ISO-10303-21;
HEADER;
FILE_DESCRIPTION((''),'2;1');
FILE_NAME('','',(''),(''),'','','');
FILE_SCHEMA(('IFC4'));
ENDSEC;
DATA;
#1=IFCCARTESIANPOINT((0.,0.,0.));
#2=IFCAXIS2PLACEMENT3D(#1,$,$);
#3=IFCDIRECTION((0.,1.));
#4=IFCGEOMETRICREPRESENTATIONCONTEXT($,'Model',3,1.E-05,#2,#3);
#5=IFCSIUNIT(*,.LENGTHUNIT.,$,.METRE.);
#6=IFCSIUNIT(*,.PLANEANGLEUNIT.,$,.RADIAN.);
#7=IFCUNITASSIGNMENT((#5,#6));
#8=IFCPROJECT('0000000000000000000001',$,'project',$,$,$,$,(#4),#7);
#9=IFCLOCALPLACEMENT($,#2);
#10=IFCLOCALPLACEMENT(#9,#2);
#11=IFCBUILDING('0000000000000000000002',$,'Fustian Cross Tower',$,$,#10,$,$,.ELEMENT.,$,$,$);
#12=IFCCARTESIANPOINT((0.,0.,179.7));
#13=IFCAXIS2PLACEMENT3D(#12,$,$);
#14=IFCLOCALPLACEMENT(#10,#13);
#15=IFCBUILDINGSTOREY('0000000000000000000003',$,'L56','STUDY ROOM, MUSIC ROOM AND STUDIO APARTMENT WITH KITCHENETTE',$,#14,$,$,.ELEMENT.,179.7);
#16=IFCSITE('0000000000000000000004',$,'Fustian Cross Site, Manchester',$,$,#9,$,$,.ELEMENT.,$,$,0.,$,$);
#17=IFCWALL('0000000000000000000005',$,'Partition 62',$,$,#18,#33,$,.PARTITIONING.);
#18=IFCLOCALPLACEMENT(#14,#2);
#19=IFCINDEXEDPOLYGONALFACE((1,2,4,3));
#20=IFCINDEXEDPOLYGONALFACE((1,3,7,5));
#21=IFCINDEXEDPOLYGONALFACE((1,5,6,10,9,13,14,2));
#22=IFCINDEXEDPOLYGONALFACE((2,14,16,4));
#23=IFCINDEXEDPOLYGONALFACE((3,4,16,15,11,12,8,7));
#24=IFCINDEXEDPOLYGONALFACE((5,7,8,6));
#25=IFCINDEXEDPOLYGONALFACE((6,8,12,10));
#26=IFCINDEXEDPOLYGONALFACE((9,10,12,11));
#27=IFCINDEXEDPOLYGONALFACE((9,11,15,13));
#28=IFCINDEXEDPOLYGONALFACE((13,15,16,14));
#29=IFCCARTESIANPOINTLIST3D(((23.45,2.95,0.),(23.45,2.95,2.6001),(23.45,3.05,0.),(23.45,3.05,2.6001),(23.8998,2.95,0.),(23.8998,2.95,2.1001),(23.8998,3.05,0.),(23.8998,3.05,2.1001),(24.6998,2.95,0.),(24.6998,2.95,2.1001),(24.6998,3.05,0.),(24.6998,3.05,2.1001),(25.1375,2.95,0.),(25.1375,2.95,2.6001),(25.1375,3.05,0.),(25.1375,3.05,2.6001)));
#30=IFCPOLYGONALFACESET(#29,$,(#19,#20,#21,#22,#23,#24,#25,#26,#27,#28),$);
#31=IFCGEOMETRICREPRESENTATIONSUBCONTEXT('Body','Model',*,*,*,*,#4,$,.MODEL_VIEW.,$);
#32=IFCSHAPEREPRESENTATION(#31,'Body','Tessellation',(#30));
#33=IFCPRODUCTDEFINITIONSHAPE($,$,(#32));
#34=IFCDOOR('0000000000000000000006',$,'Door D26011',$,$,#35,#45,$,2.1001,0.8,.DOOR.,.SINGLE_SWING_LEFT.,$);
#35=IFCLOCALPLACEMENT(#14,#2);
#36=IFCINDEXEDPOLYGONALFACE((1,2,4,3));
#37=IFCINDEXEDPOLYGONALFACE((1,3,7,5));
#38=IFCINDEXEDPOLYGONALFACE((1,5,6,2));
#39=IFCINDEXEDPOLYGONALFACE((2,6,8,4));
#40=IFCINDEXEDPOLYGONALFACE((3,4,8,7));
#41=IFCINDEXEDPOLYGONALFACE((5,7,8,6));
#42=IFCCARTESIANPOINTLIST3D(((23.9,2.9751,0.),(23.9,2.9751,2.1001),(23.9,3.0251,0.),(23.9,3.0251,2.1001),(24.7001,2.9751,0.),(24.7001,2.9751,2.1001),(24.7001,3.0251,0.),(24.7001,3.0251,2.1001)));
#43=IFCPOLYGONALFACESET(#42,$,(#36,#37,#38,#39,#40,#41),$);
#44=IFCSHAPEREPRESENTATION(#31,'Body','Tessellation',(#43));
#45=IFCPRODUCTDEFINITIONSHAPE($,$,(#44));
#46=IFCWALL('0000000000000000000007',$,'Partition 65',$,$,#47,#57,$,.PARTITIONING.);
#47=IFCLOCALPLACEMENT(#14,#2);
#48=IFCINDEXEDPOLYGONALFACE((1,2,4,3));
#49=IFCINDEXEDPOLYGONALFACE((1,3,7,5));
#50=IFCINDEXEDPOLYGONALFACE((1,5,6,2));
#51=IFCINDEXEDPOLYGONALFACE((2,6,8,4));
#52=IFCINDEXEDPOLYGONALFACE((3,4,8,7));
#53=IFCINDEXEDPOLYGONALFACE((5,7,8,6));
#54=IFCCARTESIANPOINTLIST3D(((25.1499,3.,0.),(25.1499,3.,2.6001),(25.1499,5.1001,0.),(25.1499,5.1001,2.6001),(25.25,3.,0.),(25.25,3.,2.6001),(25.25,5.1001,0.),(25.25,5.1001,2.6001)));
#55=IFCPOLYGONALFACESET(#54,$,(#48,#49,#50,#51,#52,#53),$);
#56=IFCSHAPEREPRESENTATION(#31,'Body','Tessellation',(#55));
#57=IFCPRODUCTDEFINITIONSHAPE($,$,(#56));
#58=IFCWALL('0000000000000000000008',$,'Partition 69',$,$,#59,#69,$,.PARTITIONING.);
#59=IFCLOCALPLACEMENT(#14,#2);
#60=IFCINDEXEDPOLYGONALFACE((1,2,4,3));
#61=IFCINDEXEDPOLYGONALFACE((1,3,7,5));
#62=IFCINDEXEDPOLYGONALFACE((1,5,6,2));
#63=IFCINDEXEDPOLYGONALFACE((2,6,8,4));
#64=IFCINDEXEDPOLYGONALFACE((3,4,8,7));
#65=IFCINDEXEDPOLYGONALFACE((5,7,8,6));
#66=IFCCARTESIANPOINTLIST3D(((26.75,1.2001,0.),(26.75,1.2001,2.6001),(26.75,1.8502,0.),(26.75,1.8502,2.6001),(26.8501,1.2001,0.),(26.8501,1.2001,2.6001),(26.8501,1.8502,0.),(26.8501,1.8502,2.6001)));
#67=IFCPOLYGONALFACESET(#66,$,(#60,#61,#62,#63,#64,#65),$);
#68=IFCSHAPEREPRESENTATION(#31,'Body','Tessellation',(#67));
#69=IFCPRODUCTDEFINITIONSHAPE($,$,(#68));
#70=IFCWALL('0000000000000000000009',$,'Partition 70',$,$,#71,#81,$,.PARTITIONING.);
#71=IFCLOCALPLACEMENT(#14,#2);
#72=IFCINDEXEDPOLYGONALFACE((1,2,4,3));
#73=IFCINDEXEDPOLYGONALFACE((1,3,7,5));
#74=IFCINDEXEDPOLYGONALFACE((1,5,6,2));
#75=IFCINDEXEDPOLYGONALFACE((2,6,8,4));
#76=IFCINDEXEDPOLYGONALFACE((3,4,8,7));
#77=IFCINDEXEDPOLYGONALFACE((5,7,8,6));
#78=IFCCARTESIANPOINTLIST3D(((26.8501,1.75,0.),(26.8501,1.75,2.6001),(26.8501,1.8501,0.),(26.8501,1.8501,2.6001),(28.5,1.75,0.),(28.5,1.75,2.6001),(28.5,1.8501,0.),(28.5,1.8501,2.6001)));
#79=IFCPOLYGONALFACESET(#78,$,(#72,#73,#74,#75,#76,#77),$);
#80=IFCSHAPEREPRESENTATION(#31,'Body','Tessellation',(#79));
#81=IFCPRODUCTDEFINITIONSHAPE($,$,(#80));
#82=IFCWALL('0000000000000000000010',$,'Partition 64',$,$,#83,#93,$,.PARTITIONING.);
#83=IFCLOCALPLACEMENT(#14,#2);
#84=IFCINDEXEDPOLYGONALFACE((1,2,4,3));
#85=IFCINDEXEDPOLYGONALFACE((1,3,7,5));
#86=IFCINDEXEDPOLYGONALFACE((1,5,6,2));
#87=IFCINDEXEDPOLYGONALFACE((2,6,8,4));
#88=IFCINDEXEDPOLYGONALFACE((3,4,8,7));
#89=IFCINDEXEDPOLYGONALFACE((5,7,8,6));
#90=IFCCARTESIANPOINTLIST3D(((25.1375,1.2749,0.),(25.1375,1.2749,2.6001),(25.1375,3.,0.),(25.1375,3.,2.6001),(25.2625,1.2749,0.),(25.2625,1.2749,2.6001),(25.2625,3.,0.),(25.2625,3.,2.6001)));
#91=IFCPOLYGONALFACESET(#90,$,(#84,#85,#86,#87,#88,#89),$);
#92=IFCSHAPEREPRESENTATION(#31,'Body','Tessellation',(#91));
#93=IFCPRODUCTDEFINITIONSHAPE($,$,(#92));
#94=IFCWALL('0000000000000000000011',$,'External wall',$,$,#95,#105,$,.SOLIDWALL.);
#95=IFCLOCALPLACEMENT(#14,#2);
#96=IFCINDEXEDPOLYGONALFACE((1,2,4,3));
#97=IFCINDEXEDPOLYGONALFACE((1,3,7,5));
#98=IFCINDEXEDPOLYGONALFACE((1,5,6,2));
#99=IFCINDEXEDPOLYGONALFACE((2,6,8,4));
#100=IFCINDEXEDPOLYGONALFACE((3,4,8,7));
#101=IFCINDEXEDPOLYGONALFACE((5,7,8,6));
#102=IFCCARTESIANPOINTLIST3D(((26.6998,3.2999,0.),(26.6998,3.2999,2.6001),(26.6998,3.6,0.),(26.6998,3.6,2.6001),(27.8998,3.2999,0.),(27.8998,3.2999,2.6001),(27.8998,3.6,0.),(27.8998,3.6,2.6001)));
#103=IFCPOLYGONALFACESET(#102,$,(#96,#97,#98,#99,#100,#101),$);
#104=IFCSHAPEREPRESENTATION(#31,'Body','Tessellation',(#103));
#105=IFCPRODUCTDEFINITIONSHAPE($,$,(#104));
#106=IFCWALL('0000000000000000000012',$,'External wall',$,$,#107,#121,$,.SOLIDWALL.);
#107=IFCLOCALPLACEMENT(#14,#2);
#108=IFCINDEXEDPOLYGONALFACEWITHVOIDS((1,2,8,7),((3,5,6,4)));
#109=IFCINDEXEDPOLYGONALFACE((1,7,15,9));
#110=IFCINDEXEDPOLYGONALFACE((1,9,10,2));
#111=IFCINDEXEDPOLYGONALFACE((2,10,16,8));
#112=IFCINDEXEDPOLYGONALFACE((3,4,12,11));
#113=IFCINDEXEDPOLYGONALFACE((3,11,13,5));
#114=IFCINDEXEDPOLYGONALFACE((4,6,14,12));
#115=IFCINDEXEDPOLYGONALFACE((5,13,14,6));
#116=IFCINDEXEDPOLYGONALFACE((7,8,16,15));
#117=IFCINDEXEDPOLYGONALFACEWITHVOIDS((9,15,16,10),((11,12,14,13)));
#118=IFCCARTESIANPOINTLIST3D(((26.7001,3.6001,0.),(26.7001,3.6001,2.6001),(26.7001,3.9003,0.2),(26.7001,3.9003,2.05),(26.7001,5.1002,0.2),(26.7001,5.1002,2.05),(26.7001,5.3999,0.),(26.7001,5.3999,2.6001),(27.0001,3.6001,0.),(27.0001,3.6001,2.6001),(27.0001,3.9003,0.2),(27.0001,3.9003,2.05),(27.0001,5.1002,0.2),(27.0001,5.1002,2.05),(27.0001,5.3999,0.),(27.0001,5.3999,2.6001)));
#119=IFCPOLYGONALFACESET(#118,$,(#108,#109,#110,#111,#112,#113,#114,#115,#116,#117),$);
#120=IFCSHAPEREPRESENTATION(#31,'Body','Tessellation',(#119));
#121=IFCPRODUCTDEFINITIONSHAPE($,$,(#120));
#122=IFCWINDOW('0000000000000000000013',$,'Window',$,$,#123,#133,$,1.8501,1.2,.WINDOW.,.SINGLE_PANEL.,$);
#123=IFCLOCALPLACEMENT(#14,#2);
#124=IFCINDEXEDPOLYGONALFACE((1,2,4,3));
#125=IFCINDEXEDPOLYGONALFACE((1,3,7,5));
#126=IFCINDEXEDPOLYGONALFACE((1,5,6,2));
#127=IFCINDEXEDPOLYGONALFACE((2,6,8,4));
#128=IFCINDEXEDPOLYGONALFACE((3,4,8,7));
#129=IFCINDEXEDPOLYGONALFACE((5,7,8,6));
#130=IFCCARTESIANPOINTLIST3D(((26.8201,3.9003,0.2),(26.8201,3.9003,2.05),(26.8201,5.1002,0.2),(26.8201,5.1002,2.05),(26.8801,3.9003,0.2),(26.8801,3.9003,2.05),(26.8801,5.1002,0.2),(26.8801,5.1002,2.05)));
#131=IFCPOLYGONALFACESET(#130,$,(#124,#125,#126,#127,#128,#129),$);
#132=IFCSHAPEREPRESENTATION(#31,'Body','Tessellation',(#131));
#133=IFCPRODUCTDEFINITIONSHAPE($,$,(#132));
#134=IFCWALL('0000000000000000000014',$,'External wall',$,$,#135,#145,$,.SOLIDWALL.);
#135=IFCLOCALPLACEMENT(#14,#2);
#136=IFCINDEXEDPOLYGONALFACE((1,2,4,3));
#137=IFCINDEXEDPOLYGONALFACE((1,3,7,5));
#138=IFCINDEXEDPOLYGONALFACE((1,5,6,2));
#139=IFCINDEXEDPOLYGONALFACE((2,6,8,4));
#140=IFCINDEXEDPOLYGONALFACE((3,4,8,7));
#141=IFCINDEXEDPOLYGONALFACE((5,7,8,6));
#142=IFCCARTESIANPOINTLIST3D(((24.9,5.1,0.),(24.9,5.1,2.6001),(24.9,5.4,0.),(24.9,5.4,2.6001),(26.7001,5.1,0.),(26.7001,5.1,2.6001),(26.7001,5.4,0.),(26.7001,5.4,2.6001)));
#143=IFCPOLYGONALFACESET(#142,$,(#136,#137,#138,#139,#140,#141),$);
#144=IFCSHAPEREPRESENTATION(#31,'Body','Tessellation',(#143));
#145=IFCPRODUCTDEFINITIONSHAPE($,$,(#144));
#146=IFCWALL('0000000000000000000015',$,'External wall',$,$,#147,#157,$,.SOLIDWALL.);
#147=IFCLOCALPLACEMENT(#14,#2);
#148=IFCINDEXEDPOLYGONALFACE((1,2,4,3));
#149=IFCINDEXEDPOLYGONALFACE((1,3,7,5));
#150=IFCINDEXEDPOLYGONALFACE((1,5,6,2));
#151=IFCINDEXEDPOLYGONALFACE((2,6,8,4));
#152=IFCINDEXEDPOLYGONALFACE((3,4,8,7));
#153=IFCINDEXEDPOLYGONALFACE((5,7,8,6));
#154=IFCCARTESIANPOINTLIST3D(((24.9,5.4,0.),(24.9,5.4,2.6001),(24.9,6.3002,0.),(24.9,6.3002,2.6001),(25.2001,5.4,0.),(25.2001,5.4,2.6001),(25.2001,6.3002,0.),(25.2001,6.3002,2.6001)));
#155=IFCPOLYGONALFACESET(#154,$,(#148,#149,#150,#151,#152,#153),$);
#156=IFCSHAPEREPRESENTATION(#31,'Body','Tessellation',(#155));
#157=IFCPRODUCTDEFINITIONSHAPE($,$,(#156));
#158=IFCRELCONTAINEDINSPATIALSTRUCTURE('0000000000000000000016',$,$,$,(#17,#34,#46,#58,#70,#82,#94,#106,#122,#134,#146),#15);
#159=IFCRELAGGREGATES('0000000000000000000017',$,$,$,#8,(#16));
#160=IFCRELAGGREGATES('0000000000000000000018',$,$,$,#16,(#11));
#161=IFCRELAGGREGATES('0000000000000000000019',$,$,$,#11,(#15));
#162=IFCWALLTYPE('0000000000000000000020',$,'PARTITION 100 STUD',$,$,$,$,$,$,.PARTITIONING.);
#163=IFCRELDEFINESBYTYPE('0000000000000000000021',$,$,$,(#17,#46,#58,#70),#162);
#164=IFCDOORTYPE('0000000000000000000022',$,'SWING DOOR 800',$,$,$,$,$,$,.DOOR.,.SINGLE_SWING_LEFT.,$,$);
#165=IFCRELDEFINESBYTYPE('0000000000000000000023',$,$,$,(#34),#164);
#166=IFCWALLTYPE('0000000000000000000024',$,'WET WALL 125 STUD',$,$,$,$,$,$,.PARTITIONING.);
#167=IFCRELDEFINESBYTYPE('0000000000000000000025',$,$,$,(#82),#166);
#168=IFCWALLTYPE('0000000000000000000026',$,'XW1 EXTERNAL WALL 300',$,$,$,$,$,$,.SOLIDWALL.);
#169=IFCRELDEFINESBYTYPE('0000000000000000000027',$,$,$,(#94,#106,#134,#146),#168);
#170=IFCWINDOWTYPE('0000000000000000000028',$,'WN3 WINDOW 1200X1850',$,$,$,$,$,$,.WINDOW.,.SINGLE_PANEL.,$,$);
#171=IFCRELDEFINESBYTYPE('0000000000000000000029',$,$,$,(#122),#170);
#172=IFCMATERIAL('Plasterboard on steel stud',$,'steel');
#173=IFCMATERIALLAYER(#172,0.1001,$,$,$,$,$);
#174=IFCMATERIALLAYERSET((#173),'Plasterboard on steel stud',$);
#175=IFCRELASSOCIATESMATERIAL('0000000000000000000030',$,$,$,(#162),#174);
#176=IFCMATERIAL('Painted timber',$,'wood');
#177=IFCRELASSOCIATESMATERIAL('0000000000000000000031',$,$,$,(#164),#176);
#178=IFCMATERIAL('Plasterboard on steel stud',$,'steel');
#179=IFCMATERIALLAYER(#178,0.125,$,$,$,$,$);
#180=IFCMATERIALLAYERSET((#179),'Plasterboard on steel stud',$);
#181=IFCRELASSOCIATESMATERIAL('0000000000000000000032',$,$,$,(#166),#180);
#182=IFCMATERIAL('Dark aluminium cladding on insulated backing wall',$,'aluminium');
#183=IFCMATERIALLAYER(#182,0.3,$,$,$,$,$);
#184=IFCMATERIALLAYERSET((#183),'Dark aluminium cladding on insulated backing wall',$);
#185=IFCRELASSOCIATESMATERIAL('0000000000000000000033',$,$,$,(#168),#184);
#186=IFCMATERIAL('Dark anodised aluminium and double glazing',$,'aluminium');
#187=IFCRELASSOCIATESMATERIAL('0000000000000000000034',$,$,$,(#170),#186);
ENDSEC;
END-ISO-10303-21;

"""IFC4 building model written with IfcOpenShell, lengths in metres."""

from ifc_helpers import new_model, si_unit, direction, frame, frame_2d, origin, place, context, subcontext, project, spatial, rectangle, extrude, material, layer, layer_set, type_object, element, fill, save


model = new_model("IFC4")

# Units and contexts
model_context = context("Model", 3, precision=1e-05, world=origin(), true_north=direction((0.0, 1.0)))
body_context = subcontext(model_context, "Body", "Model", "MODEL_VIEW")
ifc_project = project(units=[si_unit("LENGTHUNIT", "METRE"), si_unit("PLANEANGLEUNIT", "RADIAN")], contexts=[model_context])

# Site, building, storey
site_placement = place(None, origin())
site = spatial("IfcSite", under=ifc_project, at=site_placement, Name="Fustian Cross Site, Manchester", CompositionType="ELEMENT", RefElevation=0.0)
building_placement = place(site_placement, origin())
building = spatial("IfcBuilding", under=site, at=building_placement, Name="Fustian Cross Tower", CompositionType="ELEMENT")
storey_placement = place(building_placement, frame((0.0, 0.0, 179.7)))
storey = spatial("IfcBuildingStorey", under=building, at=storey_placement, Name="L56", Description="STUDY ROOM, MUSIC ROOM AND STUDIO APARTMENT WITH KITCHENETTE", CompositionType="ELEMENT", Elevation=179.7)

# Shared definitions
ifc_material_1 = material(Name="Plasterboard on steel stud", Category="steel")
ifc_layer_1 = layer(ifc_material_1, 0.1001)
ifc_layer_set_1 = layer_set([ifc_layer_1], Name="Plasterboard on steel stud")
wall_type_1 = type_object("IfcWallType", Name="PARTITION 100 STUD", PredefinedType="PARTITIONING", material=ifc_layer_set_1)

# Wall, opening, door
wall_1_placement = place(storey_placement, frame((23.45, 3.0, 0.0), z_axis=(0.0, 0.0, 1.0), x_axis=(1.0, 0.0, 0.0)))
wall_1 = element("IfcWall", 1, at=wall_1_placement, inside=storey, type_object=wall_type_1, Name="Partition 62", PredefinedType="PARTITIONING", context=body_context, shape_type="SweptSolid", body=[
    extrude(rectangle(XDim=1.6875, YDim=0.1001, at=frame_2d((0.8438, 0.0))), origin(), (0.0, 0.0, 1.0), 2.6001),
])
opening_1_placement = place(wall_1_placement, frame((0.45, 0.0, 0.0)))
opening_1 = element("IfcOpeningElement", 2, at=opening_1_placement, cuts=wall_1, PredefinedType="OPENING", context=body_context, shape_type="SweptSolid", body=[
    extrude(rectangle(XDim=0.8, YDim=2.1001, at=frame_2d((0.3999, 1.05))), frame((0.0, 0.0601, 0.0), z_axis=(0.0, -1.0, 0.0), x_axis=(1.0, 0.0, 0.0)), (0.0, 0.0, 1.0), 0.1201),
])
ifc_material_2 = material(Name="Painted timber", Category="wood")
door_type_1 = type_object("IfcDoorType", Name="SWING DOOR 800", OperationType="SINGLE_SWING_LEFT", PredefinedType="DOOR", material=ifc_material_2)
door_1_placement = place(opening_1_placement, frame((0.8, 0.0, 0.0), z_axis=(0.0, 0.0, 1.0), x_axis=(-1.0, 0.0, 0.0)))
door_1 = element("IfcDoor", 3, at=door_1_placement, inside=storey, type_object=door_type_1, Name="Door D26011", OperationType="SINGLE_SWING_LEFT", OverallHeight=2.1001, OverallWidth=0.8, PredefinedType="DOOR", context=body_context, shape_type="SweptSolid", body=[
    extrude(rectangle(XDim=0.8, YDim=2.1001, at=frame_2d((0.3999, 1.05))), frame((0.0, 0.0249, 0.0), z_axis=(0.0, -1.0, 0.0), x_axis=(1.0, 0.0, 0.0)), (0.0, 0.0, 1.0), 0.05),
])
fill(opening_1, door_1)

# Walls
wall_2_placement = place(storey_placement, frame((25.2, 3.0, 0.0), z_axis=(0.0, 0.0, 1.0), x_axis=(0.0, 1.0, 0.0)))
element("IfcWall", 4, at=wall_2_placement, inside=storey, type_object=wall_type_1, Name="Partition 65", PredefinedType="PARTITIONING", context=body_context, shape_type="SweptSolid", body=[
    extrude(rectangle(XDim=2.1001, YDim=0.1001, at=frame_2d((1.05, 0.0))), origin(), (0.0, 0.0, 1.0), 2.6001),
])
wall_3_placement = place(storey_placement, frame((26.8, 1.2, 0.0), z_axis=(0.0, 0.0, 1.0), x_axis=(0.0, 1.0, 0.0)))
element("IfcWall", 5, at=wall_3_placement, inside=storey, type_object=wall_type_1, Name="Partition 69", PredefinedType="PARTITIONING", context=body_context, shape_type="SweptSolid", body=[
    extrude(rectangle(XDim=0.6501, YDim=0.1001, at=frame_2d((0.3252, 0.0))), origin(), (0.0, 0.0, 1.0), 2.6001),
])
wall_4_placement = place(storey_placement, frame((26.8501, 1.8, 0.0), z_axis=(0.0, 0.0, 1.0), x_axis=(1.0, 0.0, 0.0)))
element("IfcWall", 6, at=wall_4_placement, inside=storey, type_object=wall_type_1, Name="Partition 70", PredefinedType="PARTITIONING", context=body_context, shape_type="SweptSolid", body=[
    extrude(rectangle(XDim=1.6499, YDim=0.1001, at=frame_2d((0.825, 0.0))), origin(), (0.0, 0.0, 1.0), 2.6001),
])
ifc_material_3 = material(Name="Plasterboard on steel stud", Category="steel")
ifc_layer_2 = layer(ifc_material_3, 0.125)
ifc_layer_set_2 = layer_set([ifc_layer_2], Name="Plasterboard on steel stud")
wall_type_2 = type_object("IfcWallType", Name="WET WALL 125 STUD", PredefinedType="PARTITIONING", material=ifc_layer_set_2)
wall_5_placement = place(storey_placement, frame((25.2, 1.2749, 0.0), z_axis=(0.0, 0.0, 1.0), x_axis=(0.0, 1.0, 0.0)))
element("IfcWall", 7, at=wall_5_placement, inside=storey, type_object=wall_type_2, Name="Partition 64", PredefinedType="PARTITIONING", context=body_context, shape_type="SweptSolid", body=[
    extrude(rectangle(XDim=1.7251, YDim=0.125, at=frame_2d((0.8625, 0.0))), origin(), (0.0, 0.0, 1.0), 2.6001),
])
ifc_material_4 = material(Name="Dark aluminium cladding on insulated backing wall", Category="aluminium")
ifc_layer_3 = layer(ifc_material_4, 0.3)
ifc_layer_set_3 = layer_set([ifc_layer_3], Name="Dark aluminium cladding on insulated backing wall")
wall_type_3 = type_object("IfcWallType", Name="XW1 EXTERNAL WALL 300", PredefinedType="SOLIDWALL", material=ifc_layer_set_3)
wall_6_placement = place(storey_placement, frame((27.8999, 3.45, 0.0), z_axis=(0.0, 0.0, 1.0), x_axis=(-1.0, 0.0, 0.0)))
element("IfcWall", 8, at=wall_6_placement, inside=storey, type_object=wall_type_3, Name="External wall", PredefinedType="SOLIDWALL", context=body_context, shape_type="SweptSolid", body=[
    extrude(rectangle(XDim=1.2, YDim=0.3, at=frame_2d((0.6001, 0.0))), origin(), (0.0, 0.0, 1.0), 2.6001),
])

# Wall, opening, window
wall_7_placement = place(storey_placement, frame((26.8501, 3.6001, 0.0), z_axis=(0.0, 0.0, 1.0), x_axis=(0.0, 1.0, 0.0)))
wall_7 = element("IfcWall", 9, at=wall_7_placement, inside=storey, type_object=wall_type_3, Name="External wall", PredefinedType="SOLIDWALL", context=body_context, shape_type="SweptSolid", body=[
    extrude(rectangle(XDim=1.7998, YDim=0.3, at=frame_2d((0.8999, 0.0))), origin(), (0.0, 0.0, 1.0), 2.6001),
])
opening_2_placement = place(wall_7_placement, frame((0.3, 0.0, 0.2)))
opening_2 = element("IfcOpeningElement", 10, at=opening_2_placement, cuts=wall_7, PredefinedType="OPENING", context=body_context, shape_type="SweptSolid", body=[
    extrude(rectangle(XDim=1.2, YDim=1.8501, at=frame_2d((0.6001, 0.925))), frame((0.0, 0.1599, 0.0), z_axis=(0.0, -1.0, 0.0), x_axis=(1.0, 0.0, 0.0)), (0.0, 0.0, 1.0), 0.3201),
])
ifc_material_5 = material(Name="Dark anodised aluminium and double glazing", Category="aluminium")
window_type = type_object("IfcWindowType", Name="WN3 WINDOW 1200X1850", PartitioningType="SINGLE_PANEL", PredefinedType="WINDOW", material=ifc_material_5)
window_1_placement = place(opening_2_placement, origin())
window_1 = element("IfcWindow", 11, at=window_1_placement, inside=storey, type_object=window_type, Name="Window", OverallHeight=1.8501, OverallWidth=1.2, PartitioningType="SINGLE_PANEL", PredefinedType="WINDOW", context=body_context, shape_type="SweptSolid", body=[
    extrude(rectangle(XDim=1.2, YDim=1.8501, at=frame_2d((0.6001, 0.925))), frame((0.0, 0.03, 0.0), z_axis=(0.0, -1.0, 0.0), x_axis=(1.0, 0.0, 0.0)), (0.0, 0.0, 1.0), 0.0601),
])
fill(opening_2, window_1)

# Walls
wall_8_placement = place(storey_placement, frame((26.7, 5.25, 0.0), z_axis=(0.0, 0.0, 1.0), x_axis=(-1.0, 0.0, 0.0)))
element("IfcWall", 12, at=wall_8_placement, inside=storey, type_object=wall_type_3, Name="External wall", PredefinedType="SOLIDWALL", context=body_context, shape_type="SweptSolid", body=[
    extrude(rectangle(XDim=1.8, YDim=0.3, at=frame_2d((0.8999, 0.0))), origin(), (0.0, 0.0, 1.0), 2.6001),
])
wall_9_placement = place(storey_placement, frame((25.05, 5.3999, 0.0), z_axis=(0.0, 0.0, 1.0), x_axis=(0.0, 1.0, 0.0)))
element("IfcWall", 13, at=wall_9_placement, inside=storey, type_object=wall_type_3, Name="External wall", PredefinedType="SOLIDWALL", context=body_context, shape_type="SweptSolid", body=[
    extrude(rectangle(XDim=0.9001, YDim=0.3, at=frame_2d((0.4502, 0.0))), origin(), (0.0, 0.0, 1.0), 2.6001),
])

save(model, "model.ifc")
